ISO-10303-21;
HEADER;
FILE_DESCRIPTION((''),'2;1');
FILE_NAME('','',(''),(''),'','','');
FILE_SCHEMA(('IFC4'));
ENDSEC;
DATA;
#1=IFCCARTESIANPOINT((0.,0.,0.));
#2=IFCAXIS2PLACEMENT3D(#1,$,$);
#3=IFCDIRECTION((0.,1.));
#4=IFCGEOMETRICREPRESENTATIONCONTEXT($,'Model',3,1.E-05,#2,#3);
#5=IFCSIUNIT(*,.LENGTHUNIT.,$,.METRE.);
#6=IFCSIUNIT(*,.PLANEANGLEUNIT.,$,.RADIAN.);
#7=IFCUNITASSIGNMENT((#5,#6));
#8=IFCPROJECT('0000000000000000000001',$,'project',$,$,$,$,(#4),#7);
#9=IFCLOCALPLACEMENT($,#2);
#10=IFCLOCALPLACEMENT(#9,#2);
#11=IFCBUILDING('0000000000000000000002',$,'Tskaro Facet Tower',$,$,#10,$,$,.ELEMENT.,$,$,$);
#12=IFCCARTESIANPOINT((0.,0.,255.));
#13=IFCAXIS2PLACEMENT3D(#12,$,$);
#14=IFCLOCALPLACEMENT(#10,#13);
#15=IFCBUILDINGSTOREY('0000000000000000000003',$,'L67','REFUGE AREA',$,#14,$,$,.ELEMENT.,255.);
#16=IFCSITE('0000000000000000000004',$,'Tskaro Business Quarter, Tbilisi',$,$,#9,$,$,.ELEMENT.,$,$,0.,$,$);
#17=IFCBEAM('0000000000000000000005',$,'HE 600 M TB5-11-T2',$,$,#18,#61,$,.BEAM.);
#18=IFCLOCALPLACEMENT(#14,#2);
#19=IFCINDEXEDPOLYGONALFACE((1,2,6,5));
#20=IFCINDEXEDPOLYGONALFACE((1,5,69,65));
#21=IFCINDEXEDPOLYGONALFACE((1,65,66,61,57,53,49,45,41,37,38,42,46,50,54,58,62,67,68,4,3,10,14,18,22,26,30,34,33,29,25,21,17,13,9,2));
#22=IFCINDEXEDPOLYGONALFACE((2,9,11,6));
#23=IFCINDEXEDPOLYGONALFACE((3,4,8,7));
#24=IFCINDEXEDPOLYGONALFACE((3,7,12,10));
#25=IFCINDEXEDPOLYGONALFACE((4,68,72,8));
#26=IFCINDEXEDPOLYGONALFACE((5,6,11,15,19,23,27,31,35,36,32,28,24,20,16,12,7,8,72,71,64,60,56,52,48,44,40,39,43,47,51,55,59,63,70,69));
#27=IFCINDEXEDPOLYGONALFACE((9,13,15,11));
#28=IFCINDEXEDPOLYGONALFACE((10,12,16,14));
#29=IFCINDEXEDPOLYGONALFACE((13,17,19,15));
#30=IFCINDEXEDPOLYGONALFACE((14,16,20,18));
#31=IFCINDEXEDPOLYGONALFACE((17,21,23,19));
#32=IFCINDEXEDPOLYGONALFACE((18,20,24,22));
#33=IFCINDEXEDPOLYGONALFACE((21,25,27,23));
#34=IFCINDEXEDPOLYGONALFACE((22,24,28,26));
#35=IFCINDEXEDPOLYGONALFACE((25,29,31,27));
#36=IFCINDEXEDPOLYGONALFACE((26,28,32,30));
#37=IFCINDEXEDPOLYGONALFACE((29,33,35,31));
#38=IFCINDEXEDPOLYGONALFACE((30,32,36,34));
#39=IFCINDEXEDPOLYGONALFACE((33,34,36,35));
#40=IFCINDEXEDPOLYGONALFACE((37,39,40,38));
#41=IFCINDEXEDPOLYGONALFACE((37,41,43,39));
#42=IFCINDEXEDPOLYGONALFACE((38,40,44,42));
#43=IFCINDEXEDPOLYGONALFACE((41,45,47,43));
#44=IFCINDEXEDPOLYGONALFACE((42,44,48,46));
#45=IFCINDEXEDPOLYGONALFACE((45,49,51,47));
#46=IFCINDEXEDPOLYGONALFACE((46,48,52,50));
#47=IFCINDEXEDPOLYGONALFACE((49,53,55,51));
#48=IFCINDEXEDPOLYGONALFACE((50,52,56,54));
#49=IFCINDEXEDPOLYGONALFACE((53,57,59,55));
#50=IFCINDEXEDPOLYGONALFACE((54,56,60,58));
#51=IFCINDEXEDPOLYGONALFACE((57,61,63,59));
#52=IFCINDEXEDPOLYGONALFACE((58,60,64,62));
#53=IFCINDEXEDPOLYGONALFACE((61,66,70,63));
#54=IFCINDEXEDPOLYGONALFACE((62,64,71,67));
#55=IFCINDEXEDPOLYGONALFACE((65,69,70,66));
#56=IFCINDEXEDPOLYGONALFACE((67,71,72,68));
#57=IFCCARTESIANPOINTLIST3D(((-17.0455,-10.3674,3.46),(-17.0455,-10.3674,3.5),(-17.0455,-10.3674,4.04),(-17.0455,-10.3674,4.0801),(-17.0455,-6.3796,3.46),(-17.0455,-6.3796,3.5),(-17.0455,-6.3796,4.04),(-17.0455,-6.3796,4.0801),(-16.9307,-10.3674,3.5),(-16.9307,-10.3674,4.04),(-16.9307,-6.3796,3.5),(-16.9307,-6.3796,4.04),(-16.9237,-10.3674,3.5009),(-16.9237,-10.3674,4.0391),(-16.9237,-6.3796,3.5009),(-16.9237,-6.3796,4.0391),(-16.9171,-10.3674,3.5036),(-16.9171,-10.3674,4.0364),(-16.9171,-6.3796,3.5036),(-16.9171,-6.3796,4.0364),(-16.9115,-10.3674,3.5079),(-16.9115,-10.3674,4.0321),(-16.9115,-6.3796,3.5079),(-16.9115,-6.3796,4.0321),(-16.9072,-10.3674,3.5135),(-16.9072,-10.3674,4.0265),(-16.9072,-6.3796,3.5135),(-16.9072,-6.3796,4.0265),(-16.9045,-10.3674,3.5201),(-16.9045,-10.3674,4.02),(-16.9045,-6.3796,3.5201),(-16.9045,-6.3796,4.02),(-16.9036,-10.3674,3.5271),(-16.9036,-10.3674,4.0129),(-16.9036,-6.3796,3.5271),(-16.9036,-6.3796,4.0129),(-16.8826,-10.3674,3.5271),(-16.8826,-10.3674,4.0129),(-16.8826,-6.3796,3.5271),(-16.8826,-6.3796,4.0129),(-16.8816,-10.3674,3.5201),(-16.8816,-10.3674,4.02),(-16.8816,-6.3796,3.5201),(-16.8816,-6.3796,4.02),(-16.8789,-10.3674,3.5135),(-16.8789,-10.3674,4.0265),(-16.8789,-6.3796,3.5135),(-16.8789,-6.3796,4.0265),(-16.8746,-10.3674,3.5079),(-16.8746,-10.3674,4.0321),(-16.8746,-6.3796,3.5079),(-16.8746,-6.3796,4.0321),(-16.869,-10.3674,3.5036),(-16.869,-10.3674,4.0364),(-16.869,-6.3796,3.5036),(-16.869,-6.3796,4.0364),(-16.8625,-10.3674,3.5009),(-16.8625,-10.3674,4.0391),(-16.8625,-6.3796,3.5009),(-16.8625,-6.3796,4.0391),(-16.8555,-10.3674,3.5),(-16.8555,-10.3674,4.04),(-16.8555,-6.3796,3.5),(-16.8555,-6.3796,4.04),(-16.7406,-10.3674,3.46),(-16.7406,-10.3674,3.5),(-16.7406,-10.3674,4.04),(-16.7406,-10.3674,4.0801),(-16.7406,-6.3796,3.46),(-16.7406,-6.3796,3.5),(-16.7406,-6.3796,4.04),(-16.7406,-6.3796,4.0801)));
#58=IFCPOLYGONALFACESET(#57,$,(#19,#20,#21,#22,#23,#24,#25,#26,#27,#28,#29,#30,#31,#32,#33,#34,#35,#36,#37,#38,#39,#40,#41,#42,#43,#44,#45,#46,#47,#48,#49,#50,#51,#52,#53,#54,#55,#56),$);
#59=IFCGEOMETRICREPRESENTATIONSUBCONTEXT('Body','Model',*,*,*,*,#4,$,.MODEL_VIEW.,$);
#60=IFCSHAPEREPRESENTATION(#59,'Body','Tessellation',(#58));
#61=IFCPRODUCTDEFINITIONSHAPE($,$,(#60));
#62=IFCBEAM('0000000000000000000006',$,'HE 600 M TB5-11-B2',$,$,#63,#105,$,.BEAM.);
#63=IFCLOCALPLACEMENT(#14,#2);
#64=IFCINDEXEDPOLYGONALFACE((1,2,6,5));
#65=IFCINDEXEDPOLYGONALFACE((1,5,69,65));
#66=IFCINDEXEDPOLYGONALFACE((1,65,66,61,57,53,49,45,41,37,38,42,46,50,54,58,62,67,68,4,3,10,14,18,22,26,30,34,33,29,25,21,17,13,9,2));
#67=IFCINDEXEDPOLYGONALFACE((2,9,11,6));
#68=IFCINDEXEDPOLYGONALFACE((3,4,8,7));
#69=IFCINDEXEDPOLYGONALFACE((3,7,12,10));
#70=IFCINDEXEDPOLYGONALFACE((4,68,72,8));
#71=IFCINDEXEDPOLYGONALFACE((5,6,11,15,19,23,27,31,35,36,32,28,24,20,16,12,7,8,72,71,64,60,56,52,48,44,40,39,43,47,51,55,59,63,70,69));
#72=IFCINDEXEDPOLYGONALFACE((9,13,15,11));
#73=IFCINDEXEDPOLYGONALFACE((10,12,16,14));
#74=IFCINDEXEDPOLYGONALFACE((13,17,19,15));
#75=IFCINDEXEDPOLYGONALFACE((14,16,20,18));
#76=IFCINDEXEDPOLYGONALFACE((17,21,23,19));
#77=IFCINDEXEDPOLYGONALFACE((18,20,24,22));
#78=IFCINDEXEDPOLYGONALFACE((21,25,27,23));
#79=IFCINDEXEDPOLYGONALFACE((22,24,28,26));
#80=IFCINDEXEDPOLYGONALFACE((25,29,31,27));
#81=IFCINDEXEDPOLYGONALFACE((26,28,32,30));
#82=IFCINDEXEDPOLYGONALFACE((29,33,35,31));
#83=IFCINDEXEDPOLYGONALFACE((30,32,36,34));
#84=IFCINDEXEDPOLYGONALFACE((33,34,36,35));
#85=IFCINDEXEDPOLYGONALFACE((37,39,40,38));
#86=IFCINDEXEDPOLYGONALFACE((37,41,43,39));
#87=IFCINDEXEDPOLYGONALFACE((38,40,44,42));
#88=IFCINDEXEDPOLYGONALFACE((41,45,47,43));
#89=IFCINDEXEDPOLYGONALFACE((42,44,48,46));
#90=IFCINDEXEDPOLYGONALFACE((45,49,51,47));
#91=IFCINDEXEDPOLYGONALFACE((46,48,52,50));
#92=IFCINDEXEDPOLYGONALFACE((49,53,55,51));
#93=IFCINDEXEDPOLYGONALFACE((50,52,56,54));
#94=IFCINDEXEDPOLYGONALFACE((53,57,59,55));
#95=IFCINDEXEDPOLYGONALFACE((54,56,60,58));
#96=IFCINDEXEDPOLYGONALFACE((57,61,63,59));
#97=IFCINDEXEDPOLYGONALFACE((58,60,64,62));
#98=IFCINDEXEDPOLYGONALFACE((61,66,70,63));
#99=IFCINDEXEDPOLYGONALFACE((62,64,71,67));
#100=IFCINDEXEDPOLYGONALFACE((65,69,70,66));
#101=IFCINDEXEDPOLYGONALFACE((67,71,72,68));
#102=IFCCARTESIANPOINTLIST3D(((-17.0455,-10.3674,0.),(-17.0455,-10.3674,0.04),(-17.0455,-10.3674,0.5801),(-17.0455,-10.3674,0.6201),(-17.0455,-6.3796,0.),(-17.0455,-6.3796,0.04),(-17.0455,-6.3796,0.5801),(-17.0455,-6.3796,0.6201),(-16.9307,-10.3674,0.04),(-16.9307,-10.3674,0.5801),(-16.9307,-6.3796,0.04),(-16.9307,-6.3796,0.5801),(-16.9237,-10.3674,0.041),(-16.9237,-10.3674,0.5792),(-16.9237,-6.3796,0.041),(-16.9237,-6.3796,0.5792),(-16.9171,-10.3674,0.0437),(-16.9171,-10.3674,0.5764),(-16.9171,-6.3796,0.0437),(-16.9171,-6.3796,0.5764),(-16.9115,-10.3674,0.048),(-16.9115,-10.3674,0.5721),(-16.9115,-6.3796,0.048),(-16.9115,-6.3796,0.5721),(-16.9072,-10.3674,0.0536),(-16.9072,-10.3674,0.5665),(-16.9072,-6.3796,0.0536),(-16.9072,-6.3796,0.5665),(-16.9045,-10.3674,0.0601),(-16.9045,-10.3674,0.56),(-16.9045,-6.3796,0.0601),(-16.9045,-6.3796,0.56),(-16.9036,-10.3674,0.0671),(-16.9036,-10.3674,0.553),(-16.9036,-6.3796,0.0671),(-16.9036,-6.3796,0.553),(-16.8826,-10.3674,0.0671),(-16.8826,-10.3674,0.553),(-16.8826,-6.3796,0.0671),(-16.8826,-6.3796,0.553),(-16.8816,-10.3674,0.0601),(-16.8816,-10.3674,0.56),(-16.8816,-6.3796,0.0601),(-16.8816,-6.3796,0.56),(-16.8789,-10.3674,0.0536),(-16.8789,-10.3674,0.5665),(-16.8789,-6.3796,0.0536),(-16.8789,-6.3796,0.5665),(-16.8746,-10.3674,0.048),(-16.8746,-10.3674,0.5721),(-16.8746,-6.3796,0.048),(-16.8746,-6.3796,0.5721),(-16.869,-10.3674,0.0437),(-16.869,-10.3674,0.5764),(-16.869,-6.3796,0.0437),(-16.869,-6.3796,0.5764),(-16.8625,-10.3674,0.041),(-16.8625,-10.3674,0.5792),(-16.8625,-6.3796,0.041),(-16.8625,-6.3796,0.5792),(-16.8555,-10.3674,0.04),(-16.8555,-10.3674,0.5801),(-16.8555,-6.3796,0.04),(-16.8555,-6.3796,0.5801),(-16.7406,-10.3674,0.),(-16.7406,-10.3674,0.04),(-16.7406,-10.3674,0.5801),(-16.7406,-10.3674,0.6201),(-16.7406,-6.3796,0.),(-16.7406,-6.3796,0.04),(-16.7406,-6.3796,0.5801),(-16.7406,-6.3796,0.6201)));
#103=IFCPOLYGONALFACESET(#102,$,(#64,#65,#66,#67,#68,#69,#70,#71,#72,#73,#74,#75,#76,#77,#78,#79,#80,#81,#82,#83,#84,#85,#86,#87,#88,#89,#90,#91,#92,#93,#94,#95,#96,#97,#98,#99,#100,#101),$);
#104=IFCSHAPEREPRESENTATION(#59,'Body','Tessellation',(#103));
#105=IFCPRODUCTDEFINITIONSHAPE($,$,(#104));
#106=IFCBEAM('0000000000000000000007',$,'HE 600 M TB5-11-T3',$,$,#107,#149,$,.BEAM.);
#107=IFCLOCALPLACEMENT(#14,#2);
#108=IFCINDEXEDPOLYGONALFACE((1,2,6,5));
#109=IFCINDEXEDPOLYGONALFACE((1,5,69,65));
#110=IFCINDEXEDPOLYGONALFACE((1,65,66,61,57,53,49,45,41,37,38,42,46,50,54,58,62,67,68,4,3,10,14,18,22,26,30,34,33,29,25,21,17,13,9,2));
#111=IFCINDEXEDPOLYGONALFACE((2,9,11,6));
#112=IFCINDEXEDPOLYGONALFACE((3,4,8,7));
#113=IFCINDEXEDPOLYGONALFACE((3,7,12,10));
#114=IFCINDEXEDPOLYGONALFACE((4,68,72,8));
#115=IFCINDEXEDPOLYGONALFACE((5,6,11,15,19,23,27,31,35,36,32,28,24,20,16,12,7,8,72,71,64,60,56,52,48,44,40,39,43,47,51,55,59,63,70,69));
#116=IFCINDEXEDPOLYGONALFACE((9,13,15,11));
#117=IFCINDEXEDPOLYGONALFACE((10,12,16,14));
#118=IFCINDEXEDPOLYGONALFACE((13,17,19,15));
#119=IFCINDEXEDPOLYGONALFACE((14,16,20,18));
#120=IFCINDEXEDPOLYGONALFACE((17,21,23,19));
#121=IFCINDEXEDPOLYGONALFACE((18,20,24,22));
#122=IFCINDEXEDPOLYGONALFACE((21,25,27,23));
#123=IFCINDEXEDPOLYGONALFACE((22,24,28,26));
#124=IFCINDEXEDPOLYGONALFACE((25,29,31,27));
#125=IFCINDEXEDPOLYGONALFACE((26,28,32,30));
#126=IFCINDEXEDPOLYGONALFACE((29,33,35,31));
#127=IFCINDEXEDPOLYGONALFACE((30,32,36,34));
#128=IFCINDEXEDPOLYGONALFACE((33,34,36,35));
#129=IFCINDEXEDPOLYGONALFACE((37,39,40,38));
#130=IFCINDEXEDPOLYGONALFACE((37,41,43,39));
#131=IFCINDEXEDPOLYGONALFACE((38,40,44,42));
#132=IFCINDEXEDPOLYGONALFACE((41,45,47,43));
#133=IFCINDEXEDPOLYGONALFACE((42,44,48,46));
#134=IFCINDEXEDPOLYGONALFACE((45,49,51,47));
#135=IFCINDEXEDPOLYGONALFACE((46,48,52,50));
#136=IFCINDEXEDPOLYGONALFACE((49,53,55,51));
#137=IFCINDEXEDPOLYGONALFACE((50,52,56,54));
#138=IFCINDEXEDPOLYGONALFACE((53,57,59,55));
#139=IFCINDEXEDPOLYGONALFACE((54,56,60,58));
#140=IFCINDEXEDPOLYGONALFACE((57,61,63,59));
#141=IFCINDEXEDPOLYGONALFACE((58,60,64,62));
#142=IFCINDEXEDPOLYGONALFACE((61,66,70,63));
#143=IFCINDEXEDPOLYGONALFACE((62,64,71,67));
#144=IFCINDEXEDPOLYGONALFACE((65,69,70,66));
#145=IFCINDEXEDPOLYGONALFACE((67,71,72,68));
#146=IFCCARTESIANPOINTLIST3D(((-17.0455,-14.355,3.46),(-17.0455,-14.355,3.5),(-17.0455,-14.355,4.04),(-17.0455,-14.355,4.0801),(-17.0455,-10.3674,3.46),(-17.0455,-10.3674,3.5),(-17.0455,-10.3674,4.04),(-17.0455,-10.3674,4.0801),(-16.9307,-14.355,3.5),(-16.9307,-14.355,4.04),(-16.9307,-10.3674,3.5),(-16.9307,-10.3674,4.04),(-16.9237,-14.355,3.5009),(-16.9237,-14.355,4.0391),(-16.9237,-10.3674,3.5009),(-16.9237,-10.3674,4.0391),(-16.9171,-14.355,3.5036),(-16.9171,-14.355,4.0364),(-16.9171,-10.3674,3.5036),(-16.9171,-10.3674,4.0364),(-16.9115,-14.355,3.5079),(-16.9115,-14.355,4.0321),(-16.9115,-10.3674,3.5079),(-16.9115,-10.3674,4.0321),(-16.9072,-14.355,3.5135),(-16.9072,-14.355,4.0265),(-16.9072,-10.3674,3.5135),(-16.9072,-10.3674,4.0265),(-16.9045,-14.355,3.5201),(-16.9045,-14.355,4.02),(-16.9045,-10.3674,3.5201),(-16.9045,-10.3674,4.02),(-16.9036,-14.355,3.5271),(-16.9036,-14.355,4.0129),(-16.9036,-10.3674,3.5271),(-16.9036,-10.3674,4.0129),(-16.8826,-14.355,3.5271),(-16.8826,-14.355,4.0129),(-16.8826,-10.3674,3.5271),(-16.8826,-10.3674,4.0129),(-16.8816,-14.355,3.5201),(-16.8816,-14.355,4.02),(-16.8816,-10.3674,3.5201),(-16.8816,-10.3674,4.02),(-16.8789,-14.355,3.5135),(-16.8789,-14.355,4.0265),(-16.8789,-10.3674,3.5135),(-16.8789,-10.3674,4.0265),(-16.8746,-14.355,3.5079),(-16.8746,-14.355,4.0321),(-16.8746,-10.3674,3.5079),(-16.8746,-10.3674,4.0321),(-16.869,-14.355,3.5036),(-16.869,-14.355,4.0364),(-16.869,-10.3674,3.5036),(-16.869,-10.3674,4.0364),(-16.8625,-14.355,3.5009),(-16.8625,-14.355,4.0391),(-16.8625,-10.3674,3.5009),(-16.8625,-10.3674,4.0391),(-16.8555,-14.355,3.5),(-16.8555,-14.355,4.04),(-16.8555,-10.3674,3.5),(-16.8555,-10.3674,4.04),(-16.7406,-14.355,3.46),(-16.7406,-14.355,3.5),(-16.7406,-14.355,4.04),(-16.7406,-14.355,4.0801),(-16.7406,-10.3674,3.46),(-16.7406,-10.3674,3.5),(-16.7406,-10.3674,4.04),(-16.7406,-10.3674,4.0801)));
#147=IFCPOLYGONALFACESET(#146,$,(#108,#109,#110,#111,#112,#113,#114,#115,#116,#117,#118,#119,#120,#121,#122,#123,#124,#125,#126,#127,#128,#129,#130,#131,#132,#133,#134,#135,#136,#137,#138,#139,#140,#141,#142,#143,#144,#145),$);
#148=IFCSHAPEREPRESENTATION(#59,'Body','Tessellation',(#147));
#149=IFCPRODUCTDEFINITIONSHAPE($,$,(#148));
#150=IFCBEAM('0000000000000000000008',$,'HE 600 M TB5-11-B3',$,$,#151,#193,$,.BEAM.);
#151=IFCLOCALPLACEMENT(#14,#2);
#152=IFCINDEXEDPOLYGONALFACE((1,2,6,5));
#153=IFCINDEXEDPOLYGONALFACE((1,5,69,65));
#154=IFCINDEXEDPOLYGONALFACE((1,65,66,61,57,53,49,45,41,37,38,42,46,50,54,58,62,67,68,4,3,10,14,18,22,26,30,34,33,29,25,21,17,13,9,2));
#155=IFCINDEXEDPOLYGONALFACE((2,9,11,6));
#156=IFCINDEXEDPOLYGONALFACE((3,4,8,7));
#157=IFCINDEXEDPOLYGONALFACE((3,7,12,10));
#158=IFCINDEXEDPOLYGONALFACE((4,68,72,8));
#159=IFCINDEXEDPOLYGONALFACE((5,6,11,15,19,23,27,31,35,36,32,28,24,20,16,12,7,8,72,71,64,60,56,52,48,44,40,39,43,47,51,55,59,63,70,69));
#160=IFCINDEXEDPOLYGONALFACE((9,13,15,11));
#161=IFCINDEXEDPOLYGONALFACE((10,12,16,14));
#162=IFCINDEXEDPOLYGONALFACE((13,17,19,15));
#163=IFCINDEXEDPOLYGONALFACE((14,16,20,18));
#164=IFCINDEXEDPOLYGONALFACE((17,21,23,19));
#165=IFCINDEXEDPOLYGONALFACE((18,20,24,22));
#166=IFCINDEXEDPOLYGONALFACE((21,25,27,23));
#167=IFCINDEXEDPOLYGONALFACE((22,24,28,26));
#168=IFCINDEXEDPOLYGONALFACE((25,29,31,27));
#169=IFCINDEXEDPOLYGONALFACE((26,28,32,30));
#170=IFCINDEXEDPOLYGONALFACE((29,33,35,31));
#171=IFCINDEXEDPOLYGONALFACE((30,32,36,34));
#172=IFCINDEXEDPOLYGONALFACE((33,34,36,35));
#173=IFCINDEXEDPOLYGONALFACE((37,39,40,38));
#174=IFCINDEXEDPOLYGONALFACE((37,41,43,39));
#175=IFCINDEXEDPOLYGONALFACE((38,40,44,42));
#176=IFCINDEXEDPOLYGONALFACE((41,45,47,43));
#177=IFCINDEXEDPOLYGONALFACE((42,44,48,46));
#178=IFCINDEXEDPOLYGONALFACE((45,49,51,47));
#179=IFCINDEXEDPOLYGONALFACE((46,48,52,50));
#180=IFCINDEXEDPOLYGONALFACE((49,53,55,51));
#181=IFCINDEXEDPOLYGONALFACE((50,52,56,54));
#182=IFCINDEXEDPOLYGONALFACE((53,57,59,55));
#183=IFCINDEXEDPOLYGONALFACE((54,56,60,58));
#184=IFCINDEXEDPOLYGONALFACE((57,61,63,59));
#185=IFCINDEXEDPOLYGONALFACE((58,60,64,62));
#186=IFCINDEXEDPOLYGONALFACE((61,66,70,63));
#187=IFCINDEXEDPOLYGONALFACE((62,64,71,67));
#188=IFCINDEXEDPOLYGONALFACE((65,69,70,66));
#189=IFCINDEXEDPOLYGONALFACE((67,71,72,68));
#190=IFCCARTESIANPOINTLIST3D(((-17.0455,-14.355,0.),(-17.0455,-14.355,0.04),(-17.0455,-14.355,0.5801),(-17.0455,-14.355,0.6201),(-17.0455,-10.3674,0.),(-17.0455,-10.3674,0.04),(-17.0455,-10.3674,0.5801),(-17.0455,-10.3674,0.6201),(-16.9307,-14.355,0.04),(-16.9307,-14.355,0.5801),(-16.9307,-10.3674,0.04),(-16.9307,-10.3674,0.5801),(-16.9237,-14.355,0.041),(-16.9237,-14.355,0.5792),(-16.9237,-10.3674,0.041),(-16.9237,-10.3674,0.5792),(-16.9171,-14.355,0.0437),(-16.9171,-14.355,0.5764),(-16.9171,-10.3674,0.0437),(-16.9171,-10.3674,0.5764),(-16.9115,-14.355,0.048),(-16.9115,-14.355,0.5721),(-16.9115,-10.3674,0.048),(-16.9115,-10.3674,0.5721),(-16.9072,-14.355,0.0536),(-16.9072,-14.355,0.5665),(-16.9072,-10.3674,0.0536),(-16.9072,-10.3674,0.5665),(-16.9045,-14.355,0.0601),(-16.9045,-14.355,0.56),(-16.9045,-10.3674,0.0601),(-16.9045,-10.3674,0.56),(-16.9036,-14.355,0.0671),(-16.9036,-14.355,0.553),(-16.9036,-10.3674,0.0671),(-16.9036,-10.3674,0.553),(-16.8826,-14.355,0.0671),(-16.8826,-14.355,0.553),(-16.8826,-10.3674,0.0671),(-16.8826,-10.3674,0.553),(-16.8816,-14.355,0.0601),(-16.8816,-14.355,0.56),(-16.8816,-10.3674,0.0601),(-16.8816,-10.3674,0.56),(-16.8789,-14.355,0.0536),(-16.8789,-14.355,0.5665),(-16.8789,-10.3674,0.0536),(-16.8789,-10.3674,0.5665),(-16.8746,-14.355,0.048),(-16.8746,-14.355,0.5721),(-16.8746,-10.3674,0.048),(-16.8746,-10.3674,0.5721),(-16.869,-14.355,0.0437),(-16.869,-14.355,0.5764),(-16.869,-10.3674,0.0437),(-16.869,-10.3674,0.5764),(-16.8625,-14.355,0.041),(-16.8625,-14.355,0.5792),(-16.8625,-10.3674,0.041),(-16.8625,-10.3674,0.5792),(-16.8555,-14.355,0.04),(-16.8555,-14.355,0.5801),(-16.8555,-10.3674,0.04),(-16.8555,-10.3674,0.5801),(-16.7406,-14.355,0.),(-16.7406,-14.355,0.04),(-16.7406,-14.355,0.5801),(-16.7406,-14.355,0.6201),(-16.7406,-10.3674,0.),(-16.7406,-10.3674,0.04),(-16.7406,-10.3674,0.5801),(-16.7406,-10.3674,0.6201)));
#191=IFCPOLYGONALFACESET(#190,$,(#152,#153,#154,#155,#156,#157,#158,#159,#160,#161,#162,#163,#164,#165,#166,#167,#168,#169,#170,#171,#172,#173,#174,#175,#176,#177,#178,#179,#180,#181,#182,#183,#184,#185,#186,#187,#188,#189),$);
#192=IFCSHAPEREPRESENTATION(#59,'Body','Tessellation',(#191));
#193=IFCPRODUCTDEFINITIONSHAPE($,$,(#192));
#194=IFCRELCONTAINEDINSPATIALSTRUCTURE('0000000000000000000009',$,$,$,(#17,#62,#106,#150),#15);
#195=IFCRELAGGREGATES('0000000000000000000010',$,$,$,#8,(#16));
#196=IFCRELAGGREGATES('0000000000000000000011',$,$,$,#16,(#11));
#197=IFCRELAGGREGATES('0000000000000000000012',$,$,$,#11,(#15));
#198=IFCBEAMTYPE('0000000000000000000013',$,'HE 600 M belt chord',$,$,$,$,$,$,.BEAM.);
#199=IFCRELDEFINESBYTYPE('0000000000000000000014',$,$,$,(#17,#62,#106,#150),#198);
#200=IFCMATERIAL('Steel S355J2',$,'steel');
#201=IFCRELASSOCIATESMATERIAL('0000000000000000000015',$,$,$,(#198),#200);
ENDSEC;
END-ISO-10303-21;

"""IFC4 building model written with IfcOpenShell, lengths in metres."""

from ifc_helpers import new_model, si_unit, direction, frame, origin, origin_2d, place, context, subcontext, project, spatial, i_section, extrude, material, material_profile, profile_set, type_object, element, save


model = new_model("IFC4")

# Units and contexts
model_context = context("Model", 3, precision=1e-05, world=origin(), true_north=direction((0.0, 1.0)))
body_context = subcontext(model_context, "Body", "Model", "MODEL_VIEW")
ifc_project = project(units=[si_unit("LENGTHUNIT", "METRE"), si_unit("PLANEANGLEUNIT", "RADIAN")], contexts=[model_context])

# Site, building, storey
site_placement = place(None, origin())
site = spatial("IfcSite", under=ifc_project, at=site_placement, Name="Tskaro Business Quarter, Tbilisi", CompositionType="ELEMENT", RefElevation=0.0)
building_placement = place(site_placement, origin())
building = spatial("IfcBuilding", under=site, at=building_placement, Name="Tskaro Facet Tower", CompositionType="ELEMENT")
storey_placement = place(building_placement, frame((0.0, 0.0, 255.0)))
storey = spatial("IfcBuildingStorey", under=building, at=storey_placement, Name="L67", Description="REFUGE AREA", CompositionType="ELEMENT", Elevation=255.0)

# Beams
ifc_material_1 = material(Name="Steel S355J2", Category="steel")
ifc_material_profile_1 = material_profile(ifc_material_1, i_section(OverallWidth=0.3049, OverallDepth=0.6201, WebThickness=0.021, FlangeThickness=0.04, FilletRadius=0.0271, at=origin_2d()), Name="HE 600 M")
ifc_profile_set_1 = profile_set([ifc_material_profile_1], Name="Steel S355J2")
beam_type_1 = type_object("IfcBeamType", Name="HE 600 M belt chord", PredefinedType="BEAM", material=ifc_profile_set_1)
for number, where, z_axis, x_axis, name in (
    (1, (-16.8931, -6.3796, 3.77), (0.0, -1.0, 0.0), (1.0, 0.0, 0.0), "HE 600 M TB5-11-T2"),
    (2, (-16.8931, -6.3796, 0.3101), (0.0, -1.0, 0.0), (1.0, 0.0, 0.0), "HE 600 M TB5-11-B2"),
):
    element("IfcBeam", number, at=place(storey_placement, frame(where, z_axis=z_axis, x_axis=x_axis)), inside=storey, type_object=beam_type_1, Name=name, PredefinedType="BEAM", context=body_context, shape_type="SweptSolid", body=[
        extrude(i_section(OverallWidth=0.3049, OverallDepth=0.6201, WebThickness=0.021, FlangeThickness=0.04, FilletRadius=0.0271, at=origin_2d()), origin(), (0.0, 0.0, 1.0), 3.9878),
    ])
for number, where, z_axis, x_axis, name in (
    (3, (-16.8931, -10.3674, 3.77), (0.0, -1.0, 0.0), (1.0, 0.0, 0.0), "HE 600 M TB5-11-T3"),
    (4, (-16.8931, -10.3674, 0.3101), (0.0, -1.0, 0.0), (1.0, 0.0, 0.0), "HE 600 M TB5-11-B3"),
):
    element("IfcBeam", number, at=place(storey_placement, frame(where, z_axis=z_axis, x_axis=x_axis)), inside=storey, type_object=beam_type_1, Name=name, PredefinedType="BEAM", context=body_context, shape_type="SweptSolid", body=[
        extrude(i_section(OverallWidth=0.3049, OverallDepth=0.6201, WebThickness=0.021, FlangeThickness=0.04, FilletRadius=0.0271, at=origin_2d()), origin(), (0.0, 0.0, 1.0), 3.9875),
    ])

save(model, "model.ifc")
